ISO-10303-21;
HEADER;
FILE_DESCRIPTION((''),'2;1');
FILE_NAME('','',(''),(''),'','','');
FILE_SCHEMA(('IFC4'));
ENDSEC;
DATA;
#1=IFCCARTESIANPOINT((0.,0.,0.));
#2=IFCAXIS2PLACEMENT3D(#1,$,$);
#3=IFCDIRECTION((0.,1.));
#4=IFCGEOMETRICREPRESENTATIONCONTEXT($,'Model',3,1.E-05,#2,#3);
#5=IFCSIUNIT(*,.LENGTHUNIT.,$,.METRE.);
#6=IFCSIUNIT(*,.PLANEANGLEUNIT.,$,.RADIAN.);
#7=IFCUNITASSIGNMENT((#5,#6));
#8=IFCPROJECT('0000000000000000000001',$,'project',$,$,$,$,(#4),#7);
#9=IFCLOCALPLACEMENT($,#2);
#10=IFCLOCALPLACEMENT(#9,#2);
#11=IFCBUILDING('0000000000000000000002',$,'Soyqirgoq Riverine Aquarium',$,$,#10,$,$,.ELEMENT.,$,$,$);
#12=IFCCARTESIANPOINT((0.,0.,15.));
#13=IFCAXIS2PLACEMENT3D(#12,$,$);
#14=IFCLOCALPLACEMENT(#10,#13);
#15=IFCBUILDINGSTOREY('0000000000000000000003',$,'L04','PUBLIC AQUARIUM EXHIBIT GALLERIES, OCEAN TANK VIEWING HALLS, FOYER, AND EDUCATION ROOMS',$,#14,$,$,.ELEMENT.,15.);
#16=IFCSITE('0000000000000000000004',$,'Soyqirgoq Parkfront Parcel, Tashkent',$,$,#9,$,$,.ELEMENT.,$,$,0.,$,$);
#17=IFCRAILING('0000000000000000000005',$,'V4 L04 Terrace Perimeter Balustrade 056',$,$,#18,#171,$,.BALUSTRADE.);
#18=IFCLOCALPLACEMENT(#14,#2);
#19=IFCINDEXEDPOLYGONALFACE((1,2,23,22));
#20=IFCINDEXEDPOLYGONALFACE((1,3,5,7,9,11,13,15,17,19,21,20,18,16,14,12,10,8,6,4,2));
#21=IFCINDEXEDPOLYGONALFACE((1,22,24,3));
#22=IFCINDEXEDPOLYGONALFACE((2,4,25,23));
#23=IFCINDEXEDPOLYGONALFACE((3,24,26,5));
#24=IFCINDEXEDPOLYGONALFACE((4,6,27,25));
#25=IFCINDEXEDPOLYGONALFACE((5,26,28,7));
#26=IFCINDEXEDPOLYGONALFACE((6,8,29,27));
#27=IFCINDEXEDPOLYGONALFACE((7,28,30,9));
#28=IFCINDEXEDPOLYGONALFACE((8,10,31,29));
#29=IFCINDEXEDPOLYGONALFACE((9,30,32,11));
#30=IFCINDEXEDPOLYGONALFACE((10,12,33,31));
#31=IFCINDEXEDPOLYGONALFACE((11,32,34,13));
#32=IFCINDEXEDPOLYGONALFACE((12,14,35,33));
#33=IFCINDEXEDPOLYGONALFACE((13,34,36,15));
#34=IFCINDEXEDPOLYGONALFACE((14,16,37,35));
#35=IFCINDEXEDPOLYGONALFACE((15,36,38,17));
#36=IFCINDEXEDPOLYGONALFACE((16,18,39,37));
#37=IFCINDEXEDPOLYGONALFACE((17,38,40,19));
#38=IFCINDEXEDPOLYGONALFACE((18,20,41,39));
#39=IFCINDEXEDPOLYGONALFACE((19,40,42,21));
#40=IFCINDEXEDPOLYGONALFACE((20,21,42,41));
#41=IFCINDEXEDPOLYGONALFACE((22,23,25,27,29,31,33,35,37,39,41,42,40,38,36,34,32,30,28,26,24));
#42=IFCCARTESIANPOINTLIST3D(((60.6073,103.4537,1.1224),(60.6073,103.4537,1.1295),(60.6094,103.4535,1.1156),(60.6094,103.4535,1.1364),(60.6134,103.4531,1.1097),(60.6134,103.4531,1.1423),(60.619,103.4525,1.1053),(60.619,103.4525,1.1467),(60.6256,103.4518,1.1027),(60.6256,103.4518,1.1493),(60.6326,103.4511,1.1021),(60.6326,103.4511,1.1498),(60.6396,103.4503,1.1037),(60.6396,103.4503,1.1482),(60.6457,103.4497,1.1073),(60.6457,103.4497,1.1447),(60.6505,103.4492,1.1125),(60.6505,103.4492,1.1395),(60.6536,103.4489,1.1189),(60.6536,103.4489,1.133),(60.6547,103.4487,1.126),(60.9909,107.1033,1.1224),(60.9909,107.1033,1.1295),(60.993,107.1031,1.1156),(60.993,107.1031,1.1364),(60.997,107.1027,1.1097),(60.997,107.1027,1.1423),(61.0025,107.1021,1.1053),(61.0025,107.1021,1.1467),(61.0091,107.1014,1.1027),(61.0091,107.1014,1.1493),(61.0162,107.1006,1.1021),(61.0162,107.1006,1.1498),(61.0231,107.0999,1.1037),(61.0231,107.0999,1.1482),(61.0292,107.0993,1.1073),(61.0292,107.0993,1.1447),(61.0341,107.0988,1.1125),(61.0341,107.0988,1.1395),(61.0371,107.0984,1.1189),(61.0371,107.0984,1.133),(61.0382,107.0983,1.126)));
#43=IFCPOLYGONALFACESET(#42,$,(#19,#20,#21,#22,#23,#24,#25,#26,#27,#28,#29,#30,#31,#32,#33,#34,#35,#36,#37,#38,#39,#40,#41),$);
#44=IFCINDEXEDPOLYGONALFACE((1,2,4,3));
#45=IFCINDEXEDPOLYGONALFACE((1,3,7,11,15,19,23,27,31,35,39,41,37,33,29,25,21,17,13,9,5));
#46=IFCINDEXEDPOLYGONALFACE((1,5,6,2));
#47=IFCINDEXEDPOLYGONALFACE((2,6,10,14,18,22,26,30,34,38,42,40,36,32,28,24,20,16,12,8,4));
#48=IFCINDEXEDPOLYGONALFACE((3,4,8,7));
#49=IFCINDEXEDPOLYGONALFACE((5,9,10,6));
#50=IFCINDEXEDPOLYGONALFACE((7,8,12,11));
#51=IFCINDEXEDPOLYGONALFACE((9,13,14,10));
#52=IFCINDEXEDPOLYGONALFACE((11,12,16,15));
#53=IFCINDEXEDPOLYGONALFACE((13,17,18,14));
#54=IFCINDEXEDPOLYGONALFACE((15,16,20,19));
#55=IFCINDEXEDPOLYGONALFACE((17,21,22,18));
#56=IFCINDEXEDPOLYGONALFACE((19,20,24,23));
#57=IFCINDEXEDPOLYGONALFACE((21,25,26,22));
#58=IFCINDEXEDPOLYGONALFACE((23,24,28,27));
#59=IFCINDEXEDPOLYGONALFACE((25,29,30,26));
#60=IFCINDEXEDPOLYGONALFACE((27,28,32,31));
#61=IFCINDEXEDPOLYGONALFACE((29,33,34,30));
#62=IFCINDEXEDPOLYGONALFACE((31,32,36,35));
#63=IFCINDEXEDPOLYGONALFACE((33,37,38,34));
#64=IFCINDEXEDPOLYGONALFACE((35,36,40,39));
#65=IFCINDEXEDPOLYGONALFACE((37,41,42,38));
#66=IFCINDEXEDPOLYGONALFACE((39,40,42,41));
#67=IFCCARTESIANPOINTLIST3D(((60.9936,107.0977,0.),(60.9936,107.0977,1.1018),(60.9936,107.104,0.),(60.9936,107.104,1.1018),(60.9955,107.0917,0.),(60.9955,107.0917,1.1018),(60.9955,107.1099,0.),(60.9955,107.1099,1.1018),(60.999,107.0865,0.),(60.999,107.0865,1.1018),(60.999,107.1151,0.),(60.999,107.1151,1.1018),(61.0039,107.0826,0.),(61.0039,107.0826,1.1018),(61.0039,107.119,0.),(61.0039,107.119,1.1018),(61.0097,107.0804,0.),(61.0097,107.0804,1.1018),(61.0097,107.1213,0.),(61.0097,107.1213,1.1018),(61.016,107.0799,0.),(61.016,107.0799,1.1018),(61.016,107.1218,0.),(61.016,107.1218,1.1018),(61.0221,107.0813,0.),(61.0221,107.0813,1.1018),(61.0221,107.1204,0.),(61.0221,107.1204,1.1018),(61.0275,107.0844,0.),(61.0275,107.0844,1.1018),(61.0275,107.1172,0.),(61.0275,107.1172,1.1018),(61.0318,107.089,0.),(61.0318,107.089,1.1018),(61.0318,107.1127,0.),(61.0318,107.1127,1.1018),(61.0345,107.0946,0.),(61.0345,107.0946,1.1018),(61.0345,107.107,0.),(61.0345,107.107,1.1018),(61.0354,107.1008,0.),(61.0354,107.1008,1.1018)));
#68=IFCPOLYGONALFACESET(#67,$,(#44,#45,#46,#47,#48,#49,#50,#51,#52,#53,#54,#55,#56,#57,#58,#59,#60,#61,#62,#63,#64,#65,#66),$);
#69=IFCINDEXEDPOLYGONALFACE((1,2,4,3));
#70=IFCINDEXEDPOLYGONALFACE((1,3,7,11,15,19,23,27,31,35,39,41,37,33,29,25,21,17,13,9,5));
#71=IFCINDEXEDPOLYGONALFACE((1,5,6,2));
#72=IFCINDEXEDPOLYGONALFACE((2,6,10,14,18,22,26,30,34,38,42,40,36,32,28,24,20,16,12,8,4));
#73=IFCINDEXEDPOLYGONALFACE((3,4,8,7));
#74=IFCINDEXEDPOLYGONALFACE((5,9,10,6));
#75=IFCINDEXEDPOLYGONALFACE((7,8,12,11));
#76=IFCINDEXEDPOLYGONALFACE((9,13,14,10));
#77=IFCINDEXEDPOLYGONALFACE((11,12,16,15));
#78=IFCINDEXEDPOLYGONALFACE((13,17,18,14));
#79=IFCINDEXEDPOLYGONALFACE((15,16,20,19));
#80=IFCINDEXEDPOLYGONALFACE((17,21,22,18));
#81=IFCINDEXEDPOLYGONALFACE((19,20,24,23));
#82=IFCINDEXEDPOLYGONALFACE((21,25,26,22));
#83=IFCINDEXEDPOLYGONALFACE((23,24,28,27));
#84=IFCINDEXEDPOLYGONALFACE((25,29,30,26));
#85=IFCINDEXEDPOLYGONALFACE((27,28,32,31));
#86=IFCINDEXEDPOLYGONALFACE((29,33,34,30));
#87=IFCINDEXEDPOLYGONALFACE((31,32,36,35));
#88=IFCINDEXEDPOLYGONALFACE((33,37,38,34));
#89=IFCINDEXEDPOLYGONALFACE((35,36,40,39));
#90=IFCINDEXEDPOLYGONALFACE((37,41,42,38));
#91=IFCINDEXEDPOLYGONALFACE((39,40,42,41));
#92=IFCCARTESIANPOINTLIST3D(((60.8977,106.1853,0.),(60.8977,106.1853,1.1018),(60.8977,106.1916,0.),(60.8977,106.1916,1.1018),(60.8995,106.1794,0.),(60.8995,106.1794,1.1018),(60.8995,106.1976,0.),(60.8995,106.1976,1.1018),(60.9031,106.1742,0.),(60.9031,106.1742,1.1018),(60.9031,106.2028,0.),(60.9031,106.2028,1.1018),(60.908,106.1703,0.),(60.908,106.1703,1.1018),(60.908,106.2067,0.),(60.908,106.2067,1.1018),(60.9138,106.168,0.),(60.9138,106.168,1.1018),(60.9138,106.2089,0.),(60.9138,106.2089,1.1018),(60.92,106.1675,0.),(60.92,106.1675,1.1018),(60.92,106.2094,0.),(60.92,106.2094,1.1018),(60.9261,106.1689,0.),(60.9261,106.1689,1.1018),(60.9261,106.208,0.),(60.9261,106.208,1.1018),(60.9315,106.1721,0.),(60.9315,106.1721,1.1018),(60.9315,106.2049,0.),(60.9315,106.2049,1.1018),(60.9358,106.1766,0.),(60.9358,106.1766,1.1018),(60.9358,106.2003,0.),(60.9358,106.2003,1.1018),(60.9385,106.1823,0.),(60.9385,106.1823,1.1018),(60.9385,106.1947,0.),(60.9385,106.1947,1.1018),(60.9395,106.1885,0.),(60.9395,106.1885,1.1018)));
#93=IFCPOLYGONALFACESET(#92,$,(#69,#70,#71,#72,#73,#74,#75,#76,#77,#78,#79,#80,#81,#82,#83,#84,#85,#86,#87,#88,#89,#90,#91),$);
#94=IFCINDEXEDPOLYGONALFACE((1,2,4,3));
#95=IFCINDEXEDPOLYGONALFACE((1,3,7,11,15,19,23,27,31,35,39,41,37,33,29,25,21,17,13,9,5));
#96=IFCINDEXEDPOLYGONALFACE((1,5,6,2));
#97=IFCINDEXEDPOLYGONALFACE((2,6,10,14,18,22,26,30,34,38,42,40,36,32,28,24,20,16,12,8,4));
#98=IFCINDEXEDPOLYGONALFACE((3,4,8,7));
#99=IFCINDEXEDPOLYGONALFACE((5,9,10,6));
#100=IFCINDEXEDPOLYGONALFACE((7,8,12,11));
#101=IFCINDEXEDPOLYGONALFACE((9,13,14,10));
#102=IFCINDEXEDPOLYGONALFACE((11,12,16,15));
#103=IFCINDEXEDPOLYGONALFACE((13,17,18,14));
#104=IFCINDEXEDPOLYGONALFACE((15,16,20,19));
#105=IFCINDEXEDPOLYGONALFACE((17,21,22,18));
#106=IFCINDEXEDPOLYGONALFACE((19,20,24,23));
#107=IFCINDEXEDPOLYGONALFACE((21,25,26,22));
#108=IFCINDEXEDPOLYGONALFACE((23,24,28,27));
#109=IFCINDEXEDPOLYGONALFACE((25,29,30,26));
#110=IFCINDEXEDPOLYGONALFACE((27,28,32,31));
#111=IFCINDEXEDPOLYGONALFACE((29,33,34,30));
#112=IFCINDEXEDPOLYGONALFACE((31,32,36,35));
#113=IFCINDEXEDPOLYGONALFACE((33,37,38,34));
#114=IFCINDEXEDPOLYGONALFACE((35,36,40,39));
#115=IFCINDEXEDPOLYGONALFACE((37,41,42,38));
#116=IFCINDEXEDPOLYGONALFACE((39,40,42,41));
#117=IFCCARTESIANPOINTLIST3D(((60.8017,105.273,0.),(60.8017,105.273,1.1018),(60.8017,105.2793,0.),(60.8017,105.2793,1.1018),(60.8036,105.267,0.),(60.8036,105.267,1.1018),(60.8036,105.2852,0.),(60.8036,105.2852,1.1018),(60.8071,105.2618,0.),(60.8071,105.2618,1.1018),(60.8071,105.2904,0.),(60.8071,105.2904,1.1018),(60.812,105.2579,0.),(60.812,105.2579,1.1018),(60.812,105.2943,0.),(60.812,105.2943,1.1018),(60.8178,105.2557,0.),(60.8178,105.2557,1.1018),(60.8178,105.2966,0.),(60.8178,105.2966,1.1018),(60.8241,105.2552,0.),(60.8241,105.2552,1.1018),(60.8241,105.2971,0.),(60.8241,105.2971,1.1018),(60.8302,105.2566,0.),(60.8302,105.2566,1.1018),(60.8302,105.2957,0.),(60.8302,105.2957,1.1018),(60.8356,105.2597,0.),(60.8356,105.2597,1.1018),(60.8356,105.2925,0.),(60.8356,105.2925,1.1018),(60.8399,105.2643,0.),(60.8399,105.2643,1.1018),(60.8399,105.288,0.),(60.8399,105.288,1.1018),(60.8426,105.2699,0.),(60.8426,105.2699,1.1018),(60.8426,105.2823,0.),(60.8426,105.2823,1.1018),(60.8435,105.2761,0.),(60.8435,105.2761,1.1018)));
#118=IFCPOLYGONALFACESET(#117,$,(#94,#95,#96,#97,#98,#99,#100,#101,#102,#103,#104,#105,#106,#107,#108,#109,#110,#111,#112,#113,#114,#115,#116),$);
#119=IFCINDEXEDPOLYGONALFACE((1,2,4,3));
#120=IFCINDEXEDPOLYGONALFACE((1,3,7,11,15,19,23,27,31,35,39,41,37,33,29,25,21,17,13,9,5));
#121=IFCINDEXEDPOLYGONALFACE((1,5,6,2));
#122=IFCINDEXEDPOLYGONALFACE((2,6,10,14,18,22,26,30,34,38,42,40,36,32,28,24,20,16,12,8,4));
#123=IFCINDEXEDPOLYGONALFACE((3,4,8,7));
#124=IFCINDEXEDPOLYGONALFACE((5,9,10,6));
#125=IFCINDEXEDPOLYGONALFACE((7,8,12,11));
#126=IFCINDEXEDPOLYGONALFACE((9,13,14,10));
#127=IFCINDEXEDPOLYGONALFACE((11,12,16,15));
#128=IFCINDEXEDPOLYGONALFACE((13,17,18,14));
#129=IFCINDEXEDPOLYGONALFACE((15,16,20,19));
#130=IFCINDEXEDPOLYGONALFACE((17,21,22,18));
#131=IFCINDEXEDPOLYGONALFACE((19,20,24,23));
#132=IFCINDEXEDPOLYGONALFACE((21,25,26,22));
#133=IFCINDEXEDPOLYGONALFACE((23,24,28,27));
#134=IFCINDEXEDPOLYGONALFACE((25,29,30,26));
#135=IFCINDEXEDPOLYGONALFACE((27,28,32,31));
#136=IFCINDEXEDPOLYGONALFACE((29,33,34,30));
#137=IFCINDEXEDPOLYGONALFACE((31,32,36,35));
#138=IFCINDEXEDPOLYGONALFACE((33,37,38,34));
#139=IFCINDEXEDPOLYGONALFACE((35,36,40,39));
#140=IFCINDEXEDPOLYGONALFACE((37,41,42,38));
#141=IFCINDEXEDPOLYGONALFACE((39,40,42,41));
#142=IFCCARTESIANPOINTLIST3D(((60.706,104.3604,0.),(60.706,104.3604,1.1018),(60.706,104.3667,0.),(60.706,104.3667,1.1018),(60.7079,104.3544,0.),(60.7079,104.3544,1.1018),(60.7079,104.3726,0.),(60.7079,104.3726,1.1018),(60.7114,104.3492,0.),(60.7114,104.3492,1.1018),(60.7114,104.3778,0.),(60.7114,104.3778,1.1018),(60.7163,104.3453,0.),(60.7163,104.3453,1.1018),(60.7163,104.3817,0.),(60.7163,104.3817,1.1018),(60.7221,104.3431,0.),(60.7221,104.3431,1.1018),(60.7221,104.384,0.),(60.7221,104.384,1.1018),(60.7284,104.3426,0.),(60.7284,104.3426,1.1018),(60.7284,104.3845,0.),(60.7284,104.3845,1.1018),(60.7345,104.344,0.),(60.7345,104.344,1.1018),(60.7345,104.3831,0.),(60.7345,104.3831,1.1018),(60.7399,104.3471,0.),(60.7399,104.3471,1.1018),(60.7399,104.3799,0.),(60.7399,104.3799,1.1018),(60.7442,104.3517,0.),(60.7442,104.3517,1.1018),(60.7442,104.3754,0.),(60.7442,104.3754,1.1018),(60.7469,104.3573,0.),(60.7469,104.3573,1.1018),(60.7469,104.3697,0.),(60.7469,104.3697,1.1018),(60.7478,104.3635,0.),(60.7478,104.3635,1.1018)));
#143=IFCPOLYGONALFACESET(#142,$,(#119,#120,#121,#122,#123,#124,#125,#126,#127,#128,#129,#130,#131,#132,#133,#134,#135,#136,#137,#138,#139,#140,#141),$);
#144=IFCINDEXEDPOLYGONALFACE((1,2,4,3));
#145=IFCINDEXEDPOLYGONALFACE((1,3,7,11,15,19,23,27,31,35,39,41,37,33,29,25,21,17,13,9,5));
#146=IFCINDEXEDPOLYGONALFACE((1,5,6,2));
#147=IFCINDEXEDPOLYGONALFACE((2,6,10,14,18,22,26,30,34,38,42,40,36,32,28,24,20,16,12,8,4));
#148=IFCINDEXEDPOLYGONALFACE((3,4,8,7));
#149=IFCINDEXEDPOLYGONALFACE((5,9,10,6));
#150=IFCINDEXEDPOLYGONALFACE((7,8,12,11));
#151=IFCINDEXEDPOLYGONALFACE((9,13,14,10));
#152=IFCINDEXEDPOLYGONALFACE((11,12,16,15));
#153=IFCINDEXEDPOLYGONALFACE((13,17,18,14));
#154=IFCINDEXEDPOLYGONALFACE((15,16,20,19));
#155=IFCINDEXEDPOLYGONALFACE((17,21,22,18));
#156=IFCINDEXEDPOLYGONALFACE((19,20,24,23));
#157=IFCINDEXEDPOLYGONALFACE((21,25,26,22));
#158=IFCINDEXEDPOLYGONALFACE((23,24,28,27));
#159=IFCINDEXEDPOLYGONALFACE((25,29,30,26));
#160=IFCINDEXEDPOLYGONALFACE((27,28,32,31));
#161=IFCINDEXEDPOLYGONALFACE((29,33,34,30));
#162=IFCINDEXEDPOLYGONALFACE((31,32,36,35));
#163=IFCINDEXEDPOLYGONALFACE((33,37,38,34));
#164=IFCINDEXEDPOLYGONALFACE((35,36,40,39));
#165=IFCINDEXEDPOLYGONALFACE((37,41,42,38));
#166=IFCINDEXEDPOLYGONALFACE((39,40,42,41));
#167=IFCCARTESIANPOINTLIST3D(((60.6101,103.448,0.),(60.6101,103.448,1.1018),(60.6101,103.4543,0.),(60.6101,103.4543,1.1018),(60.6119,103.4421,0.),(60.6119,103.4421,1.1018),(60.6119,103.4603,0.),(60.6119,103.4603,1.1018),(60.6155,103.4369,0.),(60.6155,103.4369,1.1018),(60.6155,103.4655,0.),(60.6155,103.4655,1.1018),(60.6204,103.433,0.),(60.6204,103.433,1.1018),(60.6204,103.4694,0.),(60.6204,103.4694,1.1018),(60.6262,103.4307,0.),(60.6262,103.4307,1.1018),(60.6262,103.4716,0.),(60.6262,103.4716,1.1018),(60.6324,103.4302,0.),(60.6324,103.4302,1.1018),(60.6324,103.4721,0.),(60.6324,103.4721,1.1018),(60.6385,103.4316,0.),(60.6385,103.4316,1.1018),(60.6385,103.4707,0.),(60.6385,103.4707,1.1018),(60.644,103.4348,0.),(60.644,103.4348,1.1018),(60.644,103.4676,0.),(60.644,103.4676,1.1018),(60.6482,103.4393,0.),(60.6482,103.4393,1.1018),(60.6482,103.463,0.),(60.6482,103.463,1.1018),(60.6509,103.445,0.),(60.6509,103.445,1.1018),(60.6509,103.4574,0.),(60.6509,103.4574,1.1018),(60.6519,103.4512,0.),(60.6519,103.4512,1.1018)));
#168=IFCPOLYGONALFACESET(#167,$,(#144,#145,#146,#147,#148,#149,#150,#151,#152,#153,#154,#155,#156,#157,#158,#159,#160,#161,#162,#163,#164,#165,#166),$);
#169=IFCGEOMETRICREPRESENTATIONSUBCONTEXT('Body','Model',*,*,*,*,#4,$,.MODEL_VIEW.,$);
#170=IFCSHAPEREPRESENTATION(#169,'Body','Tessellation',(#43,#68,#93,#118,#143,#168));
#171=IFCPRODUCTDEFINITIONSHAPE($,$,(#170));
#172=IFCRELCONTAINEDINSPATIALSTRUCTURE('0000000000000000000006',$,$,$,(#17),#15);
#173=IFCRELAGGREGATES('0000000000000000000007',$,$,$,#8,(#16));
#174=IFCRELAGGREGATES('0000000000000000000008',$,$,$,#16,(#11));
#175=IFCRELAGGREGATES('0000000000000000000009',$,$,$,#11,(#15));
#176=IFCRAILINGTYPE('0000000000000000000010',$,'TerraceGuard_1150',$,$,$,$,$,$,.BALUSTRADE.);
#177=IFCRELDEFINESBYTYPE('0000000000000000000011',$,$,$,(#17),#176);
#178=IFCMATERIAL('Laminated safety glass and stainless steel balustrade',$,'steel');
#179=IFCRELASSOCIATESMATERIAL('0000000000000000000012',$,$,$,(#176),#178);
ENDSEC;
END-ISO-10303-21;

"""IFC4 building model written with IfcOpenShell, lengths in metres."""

from ifc_helpers import new_model, si_unit, direction, frame, origin, origin_2d, place, context, subcontext, project, spatial, circle, extrude, material, type_object, element, save


model = new_model("IFC4")

# Units and contexts
model_context = context("Model", 3, precision=1e-05, world=origin(), true_north=direction((0.0, 1.0)))
body_context = subcontext(model_context, "Body", "Model", "MODEL_VIEW")
ifc_project = project(units=[si_unit("LENGTHUNIT", "METRE"), si_unit("PLANEANGLEUNIT", "RADIAN")], contexts=[model_context])

# Site, building, storey
site_placement = place(None, origin())
site = spatial("IfcSite", under=ifc_project, at=site_placement, Name="Soyqirgoq Parkfront Parcel, Tashkent", CompositionType="ELEMENT", RefElevation=0.0)
building_placement = place(site_placement, origin())
building = spatial("IfcBuilding", under=site, at=building_placement, Name="Soyqirgoq Riverine Aquarium", CompositionType="ELEMENT")
storey_placement = place(building_placement, frame((0.0, 0.0, 15.0)))
storey = spatial("IfcBuildingStorey", under=building, at=storey_placement, Name="L04", Description="PUBLIC AQUARIUM EXHIBIT GALLERIES, OCEAN TANK VIEWING HALLS, FOYER, AND EDUCATION ROOMS", CompositionType="ELEMENT", Elevation=15.0)

# Railing
ifc_material_1 = material(Name="Laminated safety glass and stainless steel balustrade", Category="steel")
railing_type = type_object("IfcRailingType", Name="TerraceGuard_1150", PredefinedType="BALUSTRADE", material=ifc_material_1)
railing_1_placement = place(storey_placement, frame((61.0144, 107.1008, 0.0)))
element("IfcRailing", 1, at=railing_1_placement, inside=storey, type_object=railing_type, Name="V4 L04 Terrace Perimeter Balustrade 056", PredefinedType="BALUSTRADE", context=body_context, shape_type="SweptSolid", body=[
    extrude(circle(Radius=0.0239, at=origin_2d()), frame((0.0, 0.0, 1.126), z_axis=(-0.104515, -0.994523, 0.0), x_axis=(0.994523, -0.104515, 0.0)), (0.0, 0.0, 1.0), 3.6697),
    extrude(circle(Radius=0.021, at=origin_2d()), origin(), (0.0, 0.0, 1.0), 1.1018),
    extrude(circle(Radius=0.021, at=origin_2d()), frame((-0.0959, -0.9124, 0.0)), (0.0, 0.0, 1.0), 1.1018),
    extrude(circle(Radius=0.021, at=origin_2d()), frame((-0.1919, -1.8247, 0.0)), (0.0, 0.0, 1.0), 1.1018),
    extrude(circle(Radius=0.021, at=origin_2d()), frame((-0.2876, -2.7373, 0.0)), (0.0, 0.0, 1.0), 1.1018),
    extrude(circle(Radius=0.021, at=origin_2d()), frame((-0.3835, -3.6497, 0.0)), (0.0, 0.0, 1.0), 1.1018),
])

save(model, "model.ifc")
